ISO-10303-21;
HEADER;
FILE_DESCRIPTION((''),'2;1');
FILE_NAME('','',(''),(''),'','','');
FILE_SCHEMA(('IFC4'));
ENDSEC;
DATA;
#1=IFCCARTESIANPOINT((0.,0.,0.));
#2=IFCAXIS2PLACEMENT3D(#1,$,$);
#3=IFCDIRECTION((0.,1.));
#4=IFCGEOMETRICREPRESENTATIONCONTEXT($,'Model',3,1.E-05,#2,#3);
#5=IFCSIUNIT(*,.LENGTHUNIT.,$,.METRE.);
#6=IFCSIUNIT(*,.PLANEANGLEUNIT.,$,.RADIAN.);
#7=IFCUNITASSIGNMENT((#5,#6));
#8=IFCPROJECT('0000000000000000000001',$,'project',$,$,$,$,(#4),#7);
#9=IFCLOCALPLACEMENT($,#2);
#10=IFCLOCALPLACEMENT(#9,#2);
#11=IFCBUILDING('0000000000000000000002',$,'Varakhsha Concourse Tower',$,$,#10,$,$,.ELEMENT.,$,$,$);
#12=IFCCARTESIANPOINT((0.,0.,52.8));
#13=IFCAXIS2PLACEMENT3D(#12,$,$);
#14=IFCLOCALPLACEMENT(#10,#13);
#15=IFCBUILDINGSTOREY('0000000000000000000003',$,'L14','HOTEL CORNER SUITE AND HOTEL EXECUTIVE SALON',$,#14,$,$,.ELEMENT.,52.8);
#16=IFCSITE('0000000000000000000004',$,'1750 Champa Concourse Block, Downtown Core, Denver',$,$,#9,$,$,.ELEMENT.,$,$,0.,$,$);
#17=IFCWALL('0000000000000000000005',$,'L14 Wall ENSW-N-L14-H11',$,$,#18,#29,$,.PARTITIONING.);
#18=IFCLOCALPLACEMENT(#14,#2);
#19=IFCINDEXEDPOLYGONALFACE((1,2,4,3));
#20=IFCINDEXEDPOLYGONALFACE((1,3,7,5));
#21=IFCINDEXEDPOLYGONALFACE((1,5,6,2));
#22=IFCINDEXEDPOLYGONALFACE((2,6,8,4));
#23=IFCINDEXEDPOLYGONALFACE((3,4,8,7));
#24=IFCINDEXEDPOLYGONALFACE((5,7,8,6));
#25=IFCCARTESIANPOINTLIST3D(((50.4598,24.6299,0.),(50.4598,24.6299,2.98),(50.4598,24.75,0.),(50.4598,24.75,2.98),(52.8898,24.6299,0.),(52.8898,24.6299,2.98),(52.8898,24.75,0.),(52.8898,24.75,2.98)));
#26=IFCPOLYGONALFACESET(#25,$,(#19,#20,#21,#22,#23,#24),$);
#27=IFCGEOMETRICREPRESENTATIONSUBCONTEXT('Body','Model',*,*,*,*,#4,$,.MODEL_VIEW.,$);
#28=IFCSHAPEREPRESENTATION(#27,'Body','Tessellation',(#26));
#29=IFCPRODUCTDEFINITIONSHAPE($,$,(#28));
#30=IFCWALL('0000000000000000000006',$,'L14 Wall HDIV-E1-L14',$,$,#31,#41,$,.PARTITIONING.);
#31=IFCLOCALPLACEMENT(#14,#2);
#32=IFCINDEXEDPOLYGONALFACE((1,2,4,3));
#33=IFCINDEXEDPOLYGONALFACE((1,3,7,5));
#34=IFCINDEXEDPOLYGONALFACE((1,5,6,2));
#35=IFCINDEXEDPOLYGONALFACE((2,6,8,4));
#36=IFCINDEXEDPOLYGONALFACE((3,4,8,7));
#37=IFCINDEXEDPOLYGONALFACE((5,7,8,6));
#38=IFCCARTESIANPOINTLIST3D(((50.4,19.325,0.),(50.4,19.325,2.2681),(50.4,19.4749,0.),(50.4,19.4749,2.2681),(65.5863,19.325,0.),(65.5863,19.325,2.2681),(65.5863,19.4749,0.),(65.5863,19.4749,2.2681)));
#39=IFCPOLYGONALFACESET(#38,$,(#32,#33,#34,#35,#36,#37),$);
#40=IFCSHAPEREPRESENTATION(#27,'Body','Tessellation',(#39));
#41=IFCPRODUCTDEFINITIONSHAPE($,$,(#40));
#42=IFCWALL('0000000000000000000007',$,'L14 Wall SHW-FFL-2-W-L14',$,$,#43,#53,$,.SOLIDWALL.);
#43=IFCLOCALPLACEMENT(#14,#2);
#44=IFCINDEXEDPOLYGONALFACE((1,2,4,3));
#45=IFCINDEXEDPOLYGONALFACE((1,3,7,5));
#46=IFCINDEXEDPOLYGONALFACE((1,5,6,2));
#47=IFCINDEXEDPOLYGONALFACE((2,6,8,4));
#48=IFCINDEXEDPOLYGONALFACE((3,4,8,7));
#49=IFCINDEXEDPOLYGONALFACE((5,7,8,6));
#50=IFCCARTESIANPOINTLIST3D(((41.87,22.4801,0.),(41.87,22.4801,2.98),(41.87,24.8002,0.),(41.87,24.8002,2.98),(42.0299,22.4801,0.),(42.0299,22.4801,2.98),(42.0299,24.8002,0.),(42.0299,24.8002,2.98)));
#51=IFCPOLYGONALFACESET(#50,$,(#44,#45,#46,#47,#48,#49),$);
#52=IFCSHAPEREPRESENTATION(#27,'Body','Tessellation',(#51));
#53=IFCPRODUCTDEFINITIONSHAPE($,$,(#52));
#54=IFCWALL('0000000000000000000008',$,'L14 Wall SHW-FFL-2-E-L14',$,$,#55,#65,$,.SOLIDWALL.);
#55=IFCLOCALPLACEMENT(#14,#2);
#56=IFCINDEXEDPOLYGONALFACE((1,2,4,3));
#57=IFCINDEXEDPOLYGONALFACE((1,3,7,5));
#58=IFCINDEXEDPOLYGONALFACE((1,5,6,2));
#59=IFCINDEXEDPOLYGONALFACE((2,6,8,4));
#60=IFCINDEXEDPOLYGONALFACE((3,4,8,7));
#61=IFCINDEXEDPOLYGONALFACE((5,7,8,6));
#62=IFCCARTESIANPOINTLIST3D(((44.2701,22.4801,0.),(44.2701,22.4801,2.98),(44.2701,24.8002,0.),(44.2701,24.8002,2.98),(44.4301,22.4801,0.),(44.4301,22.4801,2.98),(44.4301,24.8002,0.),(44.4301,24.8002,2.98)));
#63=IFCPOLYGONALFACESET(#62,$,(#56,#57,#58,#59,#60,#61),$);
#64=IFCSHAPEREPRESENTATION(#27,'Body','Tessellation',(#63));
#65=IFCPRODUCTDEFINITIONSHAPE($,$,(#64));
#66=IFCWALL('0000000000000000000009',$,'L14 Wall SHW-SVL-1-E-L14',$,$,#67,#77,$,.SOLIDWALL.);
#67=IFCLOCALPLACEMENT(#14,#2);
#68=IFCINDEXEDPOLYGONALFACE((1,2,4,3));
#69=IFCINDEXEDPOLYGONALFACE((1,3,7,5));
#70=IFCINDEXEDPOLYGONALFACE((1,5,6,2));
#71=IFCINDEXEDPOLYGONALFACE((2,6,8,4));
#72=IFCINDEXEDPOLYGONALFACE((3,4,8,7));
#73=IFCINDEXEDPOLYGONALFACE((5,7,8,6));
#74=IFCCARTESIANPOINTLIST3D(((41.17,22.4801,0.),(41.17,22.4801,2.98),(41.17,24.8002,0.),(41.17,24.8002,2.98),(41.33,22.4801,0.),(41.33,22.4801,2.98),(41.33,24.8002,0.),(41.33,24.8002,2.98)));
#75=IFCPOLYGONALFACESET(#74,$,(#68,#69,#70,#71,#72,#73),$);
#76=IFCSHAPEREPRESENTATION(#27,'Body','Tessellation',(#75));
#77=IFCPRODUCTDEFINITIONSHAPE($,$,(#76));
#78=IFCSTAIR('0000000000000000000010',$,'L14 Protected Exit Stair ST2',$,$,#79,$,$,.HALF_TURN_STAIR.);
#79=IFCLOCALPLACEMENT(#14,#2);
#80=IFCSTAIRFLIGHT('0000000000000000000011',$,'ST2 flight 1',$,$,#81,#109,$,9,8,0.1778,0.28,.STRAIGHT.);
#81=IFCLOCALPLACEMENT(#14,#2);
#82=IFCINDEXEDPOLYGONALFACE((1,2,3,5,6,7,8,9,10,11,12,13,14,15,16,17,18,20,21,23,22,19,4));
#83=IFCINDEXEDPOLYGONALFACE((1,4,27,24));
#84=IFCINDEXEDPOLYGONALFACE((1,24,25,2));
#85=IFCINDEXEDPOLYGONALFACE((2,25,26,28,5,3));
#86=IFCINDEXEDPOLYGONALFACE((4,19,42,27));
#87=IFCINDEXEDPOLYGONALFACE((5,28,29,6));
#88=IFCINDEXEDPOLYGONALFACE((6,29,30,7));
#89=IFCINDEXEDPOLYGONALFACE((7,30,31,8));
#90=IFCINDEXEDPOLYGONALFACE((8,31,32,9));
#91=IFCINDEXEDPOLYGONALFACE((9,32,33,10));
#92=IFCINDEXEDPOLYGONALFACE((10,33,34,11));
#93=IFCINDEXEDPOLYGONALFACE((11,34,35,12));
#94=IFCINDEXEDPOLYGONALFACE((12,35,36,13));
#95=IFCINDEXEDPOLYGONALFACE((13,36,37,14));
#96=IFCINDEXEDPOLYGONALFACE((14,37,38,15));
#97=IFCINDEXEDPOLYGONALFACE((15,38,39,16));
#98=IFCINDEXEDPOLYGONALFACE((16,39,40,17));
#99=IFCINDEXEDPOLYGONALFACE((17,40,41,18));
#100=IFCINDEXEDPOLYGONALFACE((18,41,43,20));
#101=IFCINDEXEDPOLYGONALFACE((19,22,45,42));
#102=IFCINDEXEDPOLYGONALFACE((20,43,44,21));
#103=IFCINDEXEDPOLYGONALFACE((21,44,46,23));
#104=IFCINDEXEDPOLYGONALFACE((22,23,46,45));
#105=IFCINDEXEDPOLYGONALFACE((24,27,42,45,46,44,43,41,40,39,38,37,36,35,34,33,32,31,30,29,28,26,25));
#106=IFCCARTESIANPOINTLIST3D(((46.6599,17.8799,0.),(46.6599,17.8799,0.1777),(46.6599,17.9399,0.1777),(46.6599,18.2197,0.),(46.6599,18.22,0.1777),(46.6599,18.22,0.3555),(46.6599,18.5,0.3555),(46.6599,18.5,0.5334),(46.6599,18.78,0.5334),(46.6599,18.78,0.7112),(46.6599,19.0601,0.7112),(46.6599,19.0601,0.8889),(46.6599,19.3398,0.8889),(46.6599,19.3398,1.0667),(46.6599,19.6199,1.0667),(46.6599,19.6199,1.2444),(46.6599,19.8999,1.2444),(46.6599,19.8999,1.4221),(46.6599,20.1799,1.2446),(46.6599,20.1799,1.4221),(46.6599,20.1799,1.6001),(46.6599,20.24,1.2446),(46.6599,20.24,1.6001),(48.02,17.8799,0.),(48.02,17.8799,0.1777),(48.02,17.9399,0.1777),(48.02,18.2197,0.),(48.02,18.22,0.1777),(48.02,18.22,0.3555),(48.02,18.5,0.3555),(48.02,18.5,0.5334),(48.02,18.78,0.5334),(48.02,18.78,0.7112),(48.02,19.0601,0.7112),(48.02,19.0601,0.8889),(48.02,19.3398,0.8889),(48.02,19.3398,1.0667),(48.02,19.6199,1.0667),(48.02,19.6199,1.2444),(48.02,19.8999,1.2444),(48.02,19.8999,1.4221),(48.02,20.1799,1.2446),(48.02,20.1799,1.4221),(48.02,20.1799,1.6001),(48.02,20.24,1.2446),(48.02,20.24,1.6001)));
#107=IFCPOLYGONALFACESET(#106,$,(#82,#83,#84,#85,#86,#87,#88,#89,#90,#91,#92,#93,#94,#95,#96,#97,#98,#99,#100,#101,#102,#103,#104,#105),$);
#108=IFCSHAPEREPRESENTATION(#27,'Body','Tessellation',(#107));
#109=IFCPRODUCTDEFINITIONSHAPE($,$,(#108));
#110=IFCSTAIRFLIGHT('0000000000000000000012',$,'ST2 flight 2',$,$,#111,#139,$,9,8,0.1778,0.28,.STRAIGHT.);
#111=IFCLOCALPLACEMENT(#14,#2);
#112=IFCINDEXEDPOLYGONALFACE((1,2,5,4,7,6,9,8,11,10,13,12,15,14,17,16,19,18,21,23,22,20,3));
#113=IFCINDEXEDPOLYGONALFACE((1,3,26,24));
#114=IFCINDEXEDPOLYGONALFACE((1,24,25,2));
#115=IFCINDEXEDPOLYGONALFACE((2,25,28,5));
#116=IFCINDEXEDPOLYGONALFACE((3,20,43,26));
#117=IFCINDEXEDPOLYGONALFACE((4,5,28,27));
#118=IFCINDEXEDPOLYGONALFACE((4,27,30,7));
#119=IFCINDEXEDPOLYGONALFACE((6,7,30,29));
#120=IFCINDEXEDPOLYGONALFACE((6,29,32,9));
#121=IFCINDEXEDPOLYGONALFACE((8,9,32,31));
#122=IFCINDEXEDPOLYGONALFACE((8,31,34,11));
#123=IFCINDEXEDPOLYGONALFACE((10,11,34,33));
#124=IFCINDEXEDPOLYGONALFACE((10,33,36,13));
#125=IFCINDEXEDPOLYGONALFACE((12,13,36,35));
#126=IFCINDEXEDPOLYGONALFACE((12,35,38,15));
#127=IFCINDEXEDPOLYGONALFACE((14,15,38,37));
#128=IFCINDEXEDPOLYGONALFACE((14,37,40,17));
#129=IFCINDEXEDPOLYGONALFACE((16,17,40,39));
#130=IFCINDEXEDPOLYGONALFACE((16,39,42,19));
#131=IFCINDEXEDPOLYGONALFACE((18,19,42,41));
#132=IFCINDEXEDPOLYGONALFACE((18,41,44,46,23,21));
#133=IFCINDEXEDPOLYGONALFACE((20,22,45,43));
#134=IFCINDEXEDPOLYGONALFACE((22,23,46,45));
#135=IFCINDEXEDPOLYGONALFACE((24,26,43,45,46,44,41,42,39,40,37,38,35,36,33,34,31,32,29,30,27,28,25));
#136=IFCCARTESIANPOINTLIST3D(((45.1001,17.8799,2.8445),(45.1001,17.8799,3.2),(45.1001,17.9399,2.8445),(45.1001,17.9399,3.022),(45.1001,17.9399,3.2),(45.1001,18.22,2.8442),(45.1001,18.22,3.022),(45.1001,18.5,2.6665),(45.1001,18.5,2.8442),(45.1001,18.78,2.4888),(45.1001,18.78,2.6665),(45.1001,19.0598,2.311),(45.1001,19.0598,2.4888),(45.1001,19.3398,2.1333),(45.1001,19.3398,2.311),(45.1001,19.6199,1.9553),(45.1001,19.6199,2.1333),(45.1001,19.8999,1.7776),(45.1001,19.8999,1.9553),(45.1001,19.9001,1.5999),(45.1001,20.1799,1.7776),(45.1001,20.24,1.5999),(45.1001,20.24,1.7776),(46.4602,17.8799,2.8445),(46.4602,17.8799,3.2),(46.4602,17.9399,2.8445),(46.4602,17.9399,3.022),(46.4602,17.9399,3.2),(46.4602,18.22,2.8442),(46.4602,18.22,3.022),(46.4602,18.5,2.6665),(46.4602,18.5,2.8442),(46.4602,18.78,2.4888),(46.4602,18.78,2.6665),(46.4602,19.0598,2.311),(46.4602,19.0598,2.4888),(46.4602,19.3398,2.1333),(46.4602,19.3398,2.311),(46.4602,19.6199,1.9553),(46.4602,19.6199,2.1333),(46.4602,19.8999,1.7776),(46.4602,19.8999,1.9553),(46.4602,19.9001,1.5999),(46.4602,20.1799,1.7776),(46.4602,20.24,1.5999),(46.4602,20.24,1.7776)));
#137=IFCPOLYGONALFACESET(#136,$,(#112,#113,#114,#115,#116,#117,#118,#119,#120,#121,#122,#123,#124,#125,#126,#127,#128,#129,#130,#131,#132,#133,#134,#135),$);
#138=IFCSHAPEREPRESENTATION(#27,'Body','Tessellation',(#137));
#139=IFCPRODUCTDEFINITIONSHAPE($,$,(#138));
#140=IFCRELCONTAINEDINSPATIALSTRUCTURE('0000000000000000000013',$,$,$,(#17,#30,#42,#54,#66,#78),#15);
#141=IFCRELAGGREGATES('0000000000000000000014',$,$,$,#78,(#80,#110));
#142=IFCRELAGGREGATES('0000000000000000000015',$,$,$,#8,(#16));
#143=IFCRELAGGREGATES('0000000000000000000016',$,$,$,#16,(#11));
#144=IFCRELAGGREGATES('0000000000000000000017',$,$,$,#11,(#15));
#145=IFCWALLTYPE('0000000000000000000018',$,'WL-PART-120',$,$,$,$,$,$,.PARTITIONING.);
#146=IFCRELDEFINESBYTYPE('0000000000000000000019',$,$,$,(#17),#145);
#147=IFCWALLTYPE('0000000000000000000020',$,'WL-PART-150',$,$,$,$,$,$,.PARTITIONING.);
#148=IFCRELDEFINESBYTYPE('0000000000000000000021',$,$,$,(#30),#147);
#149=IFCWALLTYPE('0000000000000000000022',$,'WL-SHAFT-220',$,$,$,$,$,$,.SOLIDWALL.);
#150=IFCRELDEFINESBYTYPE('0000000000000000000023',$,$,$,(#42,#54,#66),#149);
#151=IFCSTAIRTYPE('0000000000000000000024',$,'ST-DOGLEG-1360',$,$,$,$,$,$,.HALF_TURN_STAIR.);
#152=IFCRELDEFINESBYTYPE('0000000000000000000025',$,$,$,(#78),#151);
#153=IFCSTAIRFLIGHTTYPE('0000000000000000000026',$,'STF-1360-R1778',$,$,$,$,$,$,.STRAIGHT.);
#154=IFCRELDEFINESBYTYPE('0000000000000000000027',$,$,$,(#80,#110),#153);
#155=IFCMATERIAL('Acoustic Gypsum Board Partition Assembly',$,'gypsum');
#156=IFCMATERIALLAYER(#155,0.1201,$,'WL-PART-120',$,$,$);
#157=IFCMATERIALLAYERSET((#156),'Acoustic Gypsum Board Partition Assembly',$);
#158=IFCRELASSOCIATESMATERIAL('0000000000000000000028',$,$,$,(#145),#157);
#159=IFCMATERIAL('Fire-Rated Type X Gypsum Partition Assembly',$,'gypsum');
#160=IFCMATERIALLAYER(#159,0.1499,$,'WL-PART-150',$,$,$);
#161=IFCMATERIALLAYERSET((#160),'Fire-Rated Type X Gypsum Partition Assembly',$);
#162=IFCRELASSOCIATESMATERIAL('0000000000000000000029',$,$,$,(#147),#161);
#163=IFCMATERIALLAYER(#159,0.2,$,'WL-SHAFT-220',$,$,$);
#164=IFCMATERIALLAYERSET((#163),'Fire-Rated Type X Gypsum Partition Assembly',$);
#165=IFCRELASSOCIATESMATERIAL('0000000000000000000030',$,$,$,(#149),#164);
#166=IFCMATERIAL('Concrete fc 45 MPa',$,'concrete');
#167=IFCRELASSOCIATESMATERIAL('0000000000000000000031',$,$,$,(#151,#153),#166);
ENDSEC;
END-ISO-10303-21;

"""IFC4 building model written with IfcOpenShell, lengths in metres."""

from ifc_helpers import new_model, si_unit, direction, frame, frame_2d, origin, place, context, subcontext, project, spatial, polyline, rectangle, outline, extrude, material, layer, layer_set, type_object, element, aggregate, save


model = new_model("IFC4")

# Units and contexts
model_context = context("Model", 3, precision=1e-05, world=origin(), true_north=direction((0.0, 1.0)))
body_context = subcontext(model_context, "Body", "Model", "MODEL_VIEW")
ifc_project = project(units=[si_unit("LENGTHUNIT", "METRE"), si_unit("PLANEANGLEUNIT", "RADIAN")], contexts=[model_context])

# Site, building, storey
site_placement = place(None, origin())
site = spatial("IfcSite", under=ifc_project, at=site_placement, Name="1750 Champa Concourse Block, Downtown Core, Denver", CompositionType="ELEMENT", RefElevation=0.0)
building_placement = place(site_placement, origin())
building = spatial("IfcBuilding", under=site, at=building_placement, Name="Varakhsha Concourse Tower", CompositionType="ELEMENT")
storey_placement = place(building_placement, frame((0.0, 0.0, 52.8)))
storey = spatial("IfcBuildingStorey", under=building, at=storey_placement, Name="L14", Description="HOTEL CORNER SUITE AND HOTEL EXECUTIVE SALON", CompositionType="ELEMENT", Elevation=52.8)

# Shared definitions
ifc_material_1 = material(Name="Acoustic Gypsum Board Partition Assembly", Category="gypsum")
ifc_layer_1 = layer(ifc_material_1, 0.1201, Name="WL-PART-120")
ifc_layer_set_1 = layer_set([ifc_layer_1], Name="Acoustic Gypsum Board Partition Assembly")
wall_type_1 = type_object("IfcWallType", Name="WL-PART-120", PredefinedType="PARTITIONING", material=ifc_layer_set_1)

# Walls
wall_1_placement = place(storey_placement, frame((50.46, 24.6899, 0.0), z_axis=(0.0, 0.0, 1.0), x_axis=(1.0, 0.0, 0.0)))
element("IfcWall", 1, at=wall_1_placement, inside=storey, type_object=wall_type_1, Name="L14 Wall ENSW-N-L14-H11", PredefinedType="PARTITIONING", context=body_context, shape_type="SweptSolid", body=[
    extrude(rectangle(XDim=2.4299, YDim=0.1201, at=frame_2d((1.2148, 0.0))), origin(), (0.0, 0.0, 1.0), 2.98),
])
ifc_material_2 = material(Name="Fire-Rated Type X Gypsum Partition Assembly", Category="gypsum")
ifc_layer_2 = layer(ifc_material_2, 0.1499, Name="WL-PART-150")
ifc_layer_set_2 = layer_set([ifc_layer_2], Name="Fire-Rated Type X Gypsum Partition Assembly")
wall_type_2 = type_object("IfcWallType", Name="WL-PART-150", PredefinedType="PARTITIONING", material=ifc_layer_set_2)
wall_2_placement = place(storey_placement, frame((50.3999, 19.3999, 0.0), z_axis=(0.0, 0.0, 1.0), x_axis=(1.0, 0.0, 0.0)))
element("IfcWall", 2, at=wall_2_placement, inside=storey, type_object=wall_type_2, Name="L14 Wall HDIV-E1-L14", PredefinedType="PARTITIONING", context=body_context, shape_type="SweptSolid", body=[
    extrude(rectangle(XDim=15.1863, YDim=0.1499, at=frame_2d((7.5933, 0.0))), origin(), (0.0, 0.0, 1.0), 2.2681),
])
ifc_layer_3 = layer(ifc_material_2, 0.2, Name="WL-SHAFT-220")
ifc_layer_set_3 = layer_set([ifc_layer_3], Name="Fire-Rated Type X Gypsum Partition Assembly")
wall_type_3 = type_object("IfcWallType", Name="WL-SHAFT-220", PredefinedType="SOLIDWALL", material=ifc_layer_set_3)
for number, where, z_axis, x_axis, name in (
    (3, (41.95, 22.48, 0.0), (0.0, 0.0, 1.0), (0.0, 1.0, 0.0), "L14 Wall SHW-FFL-2-W-L14"),
    (4, (44.3501, 22.48, 0.0), (0.0, 0.0, 1.0), (0.0, 1.0, 0.0), "L14 Wall SHW-FFL-2-E-L14"),
    (5, (41.25, 22.48, 0.0), (0.0, 0.0, 1.0), (0.0, 1.0, 0.0), "L14 Wall SHW-SVL-1-E-L14"),
):
    element("IfcWall", number, at=place(storey_placement, frame(where, z_axis=z_axis, x_axis=x_axis)), inside=storey, type_object=wall_type_3, Name=name, PredefinedType="SOLIDWALL", context=body_context, shape_type="SweptSolid", body=[
        extrude(rectangle(XDim=2.3201, YDim=0.1599, at=frame_2d((1.1602, 0.0))), origin(), (0.0, 0.0, 1.0), 2.98),
    ])

# Stair, stair flights
ifc_material_3 = material(Name="Concrete fc 45 MPa", Category="concrete")
stair_type = type_object("IfcStairType", Name="ST-DOGLEG-1360", PredefinedType="HALF_TURN_STAIR", material=ifc_material_3)
stair_placement = place(storey_placement, origin())
stair = element("IfcStair", 6, at=stair_placement, inside=storey, type_object=stair_type, Name="L14 Protected Exit Stair ST2", PredefinedType="HALF_TURN_STAIR")
stair_flight_type = type_object("IfcStairFlightType", Name="STF-1360-R1778", PredefinedType="STRAIGHT", material=ifc_material_3)
stair_flight_1_placement = place(storey_placement, frame((47.3401, 17.9399, 0.0), z_axis=(0.0, 0.0, 1.0), x_axis=(0.0, 1.0, 0.0)))
stair_flight_1 = element("IfcStairFlight", 7, at=stair_flight_1_placement, type_object=stair_flight_type, Name="ST2 flight 1", NumberOfRisers=9, NumberOfTreads=8, PredefinedType="STRAIGHT", RiserHeight=0.1778, TreadLength=0.28, context=body_context, shape_type="SweptSolid", body=[
    extrude(outline(polyline([(-0.0601, 0.0), (-0.0601, 0.1777), (0.0, 0.1777), (0.28, 0.1777), (0.28, 0.3555), (0.5601, 0.3555), (0.5601, 0.5334), (0.8401, 0.5334), (0.8401, 0.7112), (1.1201, 0.7112), (1.1201, 0.8889), (1.3999, 0.8889), (1.3999, 1.0667), (1.6799, 1.0667), (1.6799, 1.2444), (1.96, 1.2444), (1.96, 1.4221), (2.24, 1.4221), (2.24, 1.6001), (2.3, 1.6001), (2.3, 1.2446), (2.24, 1.2446), (0.2798, 0.0), (-0.0601, 0.0)])), frame((0.0, 0.6802, 0.0), z_axis=(0.0, -1.0, 0.0), x_axis=(1.0, 0.0, 0.0)), (0.0, 0.0, 1.0), 1.3601),
])
stair_flight_2_placement = place(storey_placement, frame((45.78, 20.1799, 1.5999), z_axis=(0.0, 0.0, 1.0), x_axis=(0.0, -1.0, 0.0)))
stair_flight_2 = element("IfcStairFlight", 8, at=stair_flight_2_placement, type_object=stair_flight_type, Name="ST2 flight 2", NumberOfRisers=9, NumberOfTreads=8, PredefinedType="STRAIGHT", RiserHeight=0.1778, TreadLength=0.28, context=body_context, shape_type="SweptSolid", body=[
    extrude(outline(polyline([(-0.0601, 0.0), (-0.0601, 0.1777), (0.0, 0.1777), (0.28, 0.1777), (0.28, 0.3555), (0.5601, 0.3555), (0.5601, 0.5334), (0.8401, 0.5334), (0.8401, 0.7112), (1.1201, 0.7112), (1.1201, 0.8889), (1.3999, 0.8889), (1.3999, 1.0667), (1.6799, 1.0667), (1.6799, 1.2444), (1.96, 1.2444), (1.96, 1.4221), (2.24, 1.4221), (2.24, 1.6001), (2.3, 1.6001), (2.3, 1.2446), (2.24, 1.2446), (0.2798, 0.0), (-0.0601, 0.0)])), frame((0.0, 0.6802, 0.0), z_axis=(0.0, -1.0, 0.0), x_axis=(1.0, 0.0, 0.0)), (0.0, 0.0, 1.0), 1.3601),
])
aggregate(stair, [stair_flight_1, stair_flight_2])

save(model, "model.ifc")
